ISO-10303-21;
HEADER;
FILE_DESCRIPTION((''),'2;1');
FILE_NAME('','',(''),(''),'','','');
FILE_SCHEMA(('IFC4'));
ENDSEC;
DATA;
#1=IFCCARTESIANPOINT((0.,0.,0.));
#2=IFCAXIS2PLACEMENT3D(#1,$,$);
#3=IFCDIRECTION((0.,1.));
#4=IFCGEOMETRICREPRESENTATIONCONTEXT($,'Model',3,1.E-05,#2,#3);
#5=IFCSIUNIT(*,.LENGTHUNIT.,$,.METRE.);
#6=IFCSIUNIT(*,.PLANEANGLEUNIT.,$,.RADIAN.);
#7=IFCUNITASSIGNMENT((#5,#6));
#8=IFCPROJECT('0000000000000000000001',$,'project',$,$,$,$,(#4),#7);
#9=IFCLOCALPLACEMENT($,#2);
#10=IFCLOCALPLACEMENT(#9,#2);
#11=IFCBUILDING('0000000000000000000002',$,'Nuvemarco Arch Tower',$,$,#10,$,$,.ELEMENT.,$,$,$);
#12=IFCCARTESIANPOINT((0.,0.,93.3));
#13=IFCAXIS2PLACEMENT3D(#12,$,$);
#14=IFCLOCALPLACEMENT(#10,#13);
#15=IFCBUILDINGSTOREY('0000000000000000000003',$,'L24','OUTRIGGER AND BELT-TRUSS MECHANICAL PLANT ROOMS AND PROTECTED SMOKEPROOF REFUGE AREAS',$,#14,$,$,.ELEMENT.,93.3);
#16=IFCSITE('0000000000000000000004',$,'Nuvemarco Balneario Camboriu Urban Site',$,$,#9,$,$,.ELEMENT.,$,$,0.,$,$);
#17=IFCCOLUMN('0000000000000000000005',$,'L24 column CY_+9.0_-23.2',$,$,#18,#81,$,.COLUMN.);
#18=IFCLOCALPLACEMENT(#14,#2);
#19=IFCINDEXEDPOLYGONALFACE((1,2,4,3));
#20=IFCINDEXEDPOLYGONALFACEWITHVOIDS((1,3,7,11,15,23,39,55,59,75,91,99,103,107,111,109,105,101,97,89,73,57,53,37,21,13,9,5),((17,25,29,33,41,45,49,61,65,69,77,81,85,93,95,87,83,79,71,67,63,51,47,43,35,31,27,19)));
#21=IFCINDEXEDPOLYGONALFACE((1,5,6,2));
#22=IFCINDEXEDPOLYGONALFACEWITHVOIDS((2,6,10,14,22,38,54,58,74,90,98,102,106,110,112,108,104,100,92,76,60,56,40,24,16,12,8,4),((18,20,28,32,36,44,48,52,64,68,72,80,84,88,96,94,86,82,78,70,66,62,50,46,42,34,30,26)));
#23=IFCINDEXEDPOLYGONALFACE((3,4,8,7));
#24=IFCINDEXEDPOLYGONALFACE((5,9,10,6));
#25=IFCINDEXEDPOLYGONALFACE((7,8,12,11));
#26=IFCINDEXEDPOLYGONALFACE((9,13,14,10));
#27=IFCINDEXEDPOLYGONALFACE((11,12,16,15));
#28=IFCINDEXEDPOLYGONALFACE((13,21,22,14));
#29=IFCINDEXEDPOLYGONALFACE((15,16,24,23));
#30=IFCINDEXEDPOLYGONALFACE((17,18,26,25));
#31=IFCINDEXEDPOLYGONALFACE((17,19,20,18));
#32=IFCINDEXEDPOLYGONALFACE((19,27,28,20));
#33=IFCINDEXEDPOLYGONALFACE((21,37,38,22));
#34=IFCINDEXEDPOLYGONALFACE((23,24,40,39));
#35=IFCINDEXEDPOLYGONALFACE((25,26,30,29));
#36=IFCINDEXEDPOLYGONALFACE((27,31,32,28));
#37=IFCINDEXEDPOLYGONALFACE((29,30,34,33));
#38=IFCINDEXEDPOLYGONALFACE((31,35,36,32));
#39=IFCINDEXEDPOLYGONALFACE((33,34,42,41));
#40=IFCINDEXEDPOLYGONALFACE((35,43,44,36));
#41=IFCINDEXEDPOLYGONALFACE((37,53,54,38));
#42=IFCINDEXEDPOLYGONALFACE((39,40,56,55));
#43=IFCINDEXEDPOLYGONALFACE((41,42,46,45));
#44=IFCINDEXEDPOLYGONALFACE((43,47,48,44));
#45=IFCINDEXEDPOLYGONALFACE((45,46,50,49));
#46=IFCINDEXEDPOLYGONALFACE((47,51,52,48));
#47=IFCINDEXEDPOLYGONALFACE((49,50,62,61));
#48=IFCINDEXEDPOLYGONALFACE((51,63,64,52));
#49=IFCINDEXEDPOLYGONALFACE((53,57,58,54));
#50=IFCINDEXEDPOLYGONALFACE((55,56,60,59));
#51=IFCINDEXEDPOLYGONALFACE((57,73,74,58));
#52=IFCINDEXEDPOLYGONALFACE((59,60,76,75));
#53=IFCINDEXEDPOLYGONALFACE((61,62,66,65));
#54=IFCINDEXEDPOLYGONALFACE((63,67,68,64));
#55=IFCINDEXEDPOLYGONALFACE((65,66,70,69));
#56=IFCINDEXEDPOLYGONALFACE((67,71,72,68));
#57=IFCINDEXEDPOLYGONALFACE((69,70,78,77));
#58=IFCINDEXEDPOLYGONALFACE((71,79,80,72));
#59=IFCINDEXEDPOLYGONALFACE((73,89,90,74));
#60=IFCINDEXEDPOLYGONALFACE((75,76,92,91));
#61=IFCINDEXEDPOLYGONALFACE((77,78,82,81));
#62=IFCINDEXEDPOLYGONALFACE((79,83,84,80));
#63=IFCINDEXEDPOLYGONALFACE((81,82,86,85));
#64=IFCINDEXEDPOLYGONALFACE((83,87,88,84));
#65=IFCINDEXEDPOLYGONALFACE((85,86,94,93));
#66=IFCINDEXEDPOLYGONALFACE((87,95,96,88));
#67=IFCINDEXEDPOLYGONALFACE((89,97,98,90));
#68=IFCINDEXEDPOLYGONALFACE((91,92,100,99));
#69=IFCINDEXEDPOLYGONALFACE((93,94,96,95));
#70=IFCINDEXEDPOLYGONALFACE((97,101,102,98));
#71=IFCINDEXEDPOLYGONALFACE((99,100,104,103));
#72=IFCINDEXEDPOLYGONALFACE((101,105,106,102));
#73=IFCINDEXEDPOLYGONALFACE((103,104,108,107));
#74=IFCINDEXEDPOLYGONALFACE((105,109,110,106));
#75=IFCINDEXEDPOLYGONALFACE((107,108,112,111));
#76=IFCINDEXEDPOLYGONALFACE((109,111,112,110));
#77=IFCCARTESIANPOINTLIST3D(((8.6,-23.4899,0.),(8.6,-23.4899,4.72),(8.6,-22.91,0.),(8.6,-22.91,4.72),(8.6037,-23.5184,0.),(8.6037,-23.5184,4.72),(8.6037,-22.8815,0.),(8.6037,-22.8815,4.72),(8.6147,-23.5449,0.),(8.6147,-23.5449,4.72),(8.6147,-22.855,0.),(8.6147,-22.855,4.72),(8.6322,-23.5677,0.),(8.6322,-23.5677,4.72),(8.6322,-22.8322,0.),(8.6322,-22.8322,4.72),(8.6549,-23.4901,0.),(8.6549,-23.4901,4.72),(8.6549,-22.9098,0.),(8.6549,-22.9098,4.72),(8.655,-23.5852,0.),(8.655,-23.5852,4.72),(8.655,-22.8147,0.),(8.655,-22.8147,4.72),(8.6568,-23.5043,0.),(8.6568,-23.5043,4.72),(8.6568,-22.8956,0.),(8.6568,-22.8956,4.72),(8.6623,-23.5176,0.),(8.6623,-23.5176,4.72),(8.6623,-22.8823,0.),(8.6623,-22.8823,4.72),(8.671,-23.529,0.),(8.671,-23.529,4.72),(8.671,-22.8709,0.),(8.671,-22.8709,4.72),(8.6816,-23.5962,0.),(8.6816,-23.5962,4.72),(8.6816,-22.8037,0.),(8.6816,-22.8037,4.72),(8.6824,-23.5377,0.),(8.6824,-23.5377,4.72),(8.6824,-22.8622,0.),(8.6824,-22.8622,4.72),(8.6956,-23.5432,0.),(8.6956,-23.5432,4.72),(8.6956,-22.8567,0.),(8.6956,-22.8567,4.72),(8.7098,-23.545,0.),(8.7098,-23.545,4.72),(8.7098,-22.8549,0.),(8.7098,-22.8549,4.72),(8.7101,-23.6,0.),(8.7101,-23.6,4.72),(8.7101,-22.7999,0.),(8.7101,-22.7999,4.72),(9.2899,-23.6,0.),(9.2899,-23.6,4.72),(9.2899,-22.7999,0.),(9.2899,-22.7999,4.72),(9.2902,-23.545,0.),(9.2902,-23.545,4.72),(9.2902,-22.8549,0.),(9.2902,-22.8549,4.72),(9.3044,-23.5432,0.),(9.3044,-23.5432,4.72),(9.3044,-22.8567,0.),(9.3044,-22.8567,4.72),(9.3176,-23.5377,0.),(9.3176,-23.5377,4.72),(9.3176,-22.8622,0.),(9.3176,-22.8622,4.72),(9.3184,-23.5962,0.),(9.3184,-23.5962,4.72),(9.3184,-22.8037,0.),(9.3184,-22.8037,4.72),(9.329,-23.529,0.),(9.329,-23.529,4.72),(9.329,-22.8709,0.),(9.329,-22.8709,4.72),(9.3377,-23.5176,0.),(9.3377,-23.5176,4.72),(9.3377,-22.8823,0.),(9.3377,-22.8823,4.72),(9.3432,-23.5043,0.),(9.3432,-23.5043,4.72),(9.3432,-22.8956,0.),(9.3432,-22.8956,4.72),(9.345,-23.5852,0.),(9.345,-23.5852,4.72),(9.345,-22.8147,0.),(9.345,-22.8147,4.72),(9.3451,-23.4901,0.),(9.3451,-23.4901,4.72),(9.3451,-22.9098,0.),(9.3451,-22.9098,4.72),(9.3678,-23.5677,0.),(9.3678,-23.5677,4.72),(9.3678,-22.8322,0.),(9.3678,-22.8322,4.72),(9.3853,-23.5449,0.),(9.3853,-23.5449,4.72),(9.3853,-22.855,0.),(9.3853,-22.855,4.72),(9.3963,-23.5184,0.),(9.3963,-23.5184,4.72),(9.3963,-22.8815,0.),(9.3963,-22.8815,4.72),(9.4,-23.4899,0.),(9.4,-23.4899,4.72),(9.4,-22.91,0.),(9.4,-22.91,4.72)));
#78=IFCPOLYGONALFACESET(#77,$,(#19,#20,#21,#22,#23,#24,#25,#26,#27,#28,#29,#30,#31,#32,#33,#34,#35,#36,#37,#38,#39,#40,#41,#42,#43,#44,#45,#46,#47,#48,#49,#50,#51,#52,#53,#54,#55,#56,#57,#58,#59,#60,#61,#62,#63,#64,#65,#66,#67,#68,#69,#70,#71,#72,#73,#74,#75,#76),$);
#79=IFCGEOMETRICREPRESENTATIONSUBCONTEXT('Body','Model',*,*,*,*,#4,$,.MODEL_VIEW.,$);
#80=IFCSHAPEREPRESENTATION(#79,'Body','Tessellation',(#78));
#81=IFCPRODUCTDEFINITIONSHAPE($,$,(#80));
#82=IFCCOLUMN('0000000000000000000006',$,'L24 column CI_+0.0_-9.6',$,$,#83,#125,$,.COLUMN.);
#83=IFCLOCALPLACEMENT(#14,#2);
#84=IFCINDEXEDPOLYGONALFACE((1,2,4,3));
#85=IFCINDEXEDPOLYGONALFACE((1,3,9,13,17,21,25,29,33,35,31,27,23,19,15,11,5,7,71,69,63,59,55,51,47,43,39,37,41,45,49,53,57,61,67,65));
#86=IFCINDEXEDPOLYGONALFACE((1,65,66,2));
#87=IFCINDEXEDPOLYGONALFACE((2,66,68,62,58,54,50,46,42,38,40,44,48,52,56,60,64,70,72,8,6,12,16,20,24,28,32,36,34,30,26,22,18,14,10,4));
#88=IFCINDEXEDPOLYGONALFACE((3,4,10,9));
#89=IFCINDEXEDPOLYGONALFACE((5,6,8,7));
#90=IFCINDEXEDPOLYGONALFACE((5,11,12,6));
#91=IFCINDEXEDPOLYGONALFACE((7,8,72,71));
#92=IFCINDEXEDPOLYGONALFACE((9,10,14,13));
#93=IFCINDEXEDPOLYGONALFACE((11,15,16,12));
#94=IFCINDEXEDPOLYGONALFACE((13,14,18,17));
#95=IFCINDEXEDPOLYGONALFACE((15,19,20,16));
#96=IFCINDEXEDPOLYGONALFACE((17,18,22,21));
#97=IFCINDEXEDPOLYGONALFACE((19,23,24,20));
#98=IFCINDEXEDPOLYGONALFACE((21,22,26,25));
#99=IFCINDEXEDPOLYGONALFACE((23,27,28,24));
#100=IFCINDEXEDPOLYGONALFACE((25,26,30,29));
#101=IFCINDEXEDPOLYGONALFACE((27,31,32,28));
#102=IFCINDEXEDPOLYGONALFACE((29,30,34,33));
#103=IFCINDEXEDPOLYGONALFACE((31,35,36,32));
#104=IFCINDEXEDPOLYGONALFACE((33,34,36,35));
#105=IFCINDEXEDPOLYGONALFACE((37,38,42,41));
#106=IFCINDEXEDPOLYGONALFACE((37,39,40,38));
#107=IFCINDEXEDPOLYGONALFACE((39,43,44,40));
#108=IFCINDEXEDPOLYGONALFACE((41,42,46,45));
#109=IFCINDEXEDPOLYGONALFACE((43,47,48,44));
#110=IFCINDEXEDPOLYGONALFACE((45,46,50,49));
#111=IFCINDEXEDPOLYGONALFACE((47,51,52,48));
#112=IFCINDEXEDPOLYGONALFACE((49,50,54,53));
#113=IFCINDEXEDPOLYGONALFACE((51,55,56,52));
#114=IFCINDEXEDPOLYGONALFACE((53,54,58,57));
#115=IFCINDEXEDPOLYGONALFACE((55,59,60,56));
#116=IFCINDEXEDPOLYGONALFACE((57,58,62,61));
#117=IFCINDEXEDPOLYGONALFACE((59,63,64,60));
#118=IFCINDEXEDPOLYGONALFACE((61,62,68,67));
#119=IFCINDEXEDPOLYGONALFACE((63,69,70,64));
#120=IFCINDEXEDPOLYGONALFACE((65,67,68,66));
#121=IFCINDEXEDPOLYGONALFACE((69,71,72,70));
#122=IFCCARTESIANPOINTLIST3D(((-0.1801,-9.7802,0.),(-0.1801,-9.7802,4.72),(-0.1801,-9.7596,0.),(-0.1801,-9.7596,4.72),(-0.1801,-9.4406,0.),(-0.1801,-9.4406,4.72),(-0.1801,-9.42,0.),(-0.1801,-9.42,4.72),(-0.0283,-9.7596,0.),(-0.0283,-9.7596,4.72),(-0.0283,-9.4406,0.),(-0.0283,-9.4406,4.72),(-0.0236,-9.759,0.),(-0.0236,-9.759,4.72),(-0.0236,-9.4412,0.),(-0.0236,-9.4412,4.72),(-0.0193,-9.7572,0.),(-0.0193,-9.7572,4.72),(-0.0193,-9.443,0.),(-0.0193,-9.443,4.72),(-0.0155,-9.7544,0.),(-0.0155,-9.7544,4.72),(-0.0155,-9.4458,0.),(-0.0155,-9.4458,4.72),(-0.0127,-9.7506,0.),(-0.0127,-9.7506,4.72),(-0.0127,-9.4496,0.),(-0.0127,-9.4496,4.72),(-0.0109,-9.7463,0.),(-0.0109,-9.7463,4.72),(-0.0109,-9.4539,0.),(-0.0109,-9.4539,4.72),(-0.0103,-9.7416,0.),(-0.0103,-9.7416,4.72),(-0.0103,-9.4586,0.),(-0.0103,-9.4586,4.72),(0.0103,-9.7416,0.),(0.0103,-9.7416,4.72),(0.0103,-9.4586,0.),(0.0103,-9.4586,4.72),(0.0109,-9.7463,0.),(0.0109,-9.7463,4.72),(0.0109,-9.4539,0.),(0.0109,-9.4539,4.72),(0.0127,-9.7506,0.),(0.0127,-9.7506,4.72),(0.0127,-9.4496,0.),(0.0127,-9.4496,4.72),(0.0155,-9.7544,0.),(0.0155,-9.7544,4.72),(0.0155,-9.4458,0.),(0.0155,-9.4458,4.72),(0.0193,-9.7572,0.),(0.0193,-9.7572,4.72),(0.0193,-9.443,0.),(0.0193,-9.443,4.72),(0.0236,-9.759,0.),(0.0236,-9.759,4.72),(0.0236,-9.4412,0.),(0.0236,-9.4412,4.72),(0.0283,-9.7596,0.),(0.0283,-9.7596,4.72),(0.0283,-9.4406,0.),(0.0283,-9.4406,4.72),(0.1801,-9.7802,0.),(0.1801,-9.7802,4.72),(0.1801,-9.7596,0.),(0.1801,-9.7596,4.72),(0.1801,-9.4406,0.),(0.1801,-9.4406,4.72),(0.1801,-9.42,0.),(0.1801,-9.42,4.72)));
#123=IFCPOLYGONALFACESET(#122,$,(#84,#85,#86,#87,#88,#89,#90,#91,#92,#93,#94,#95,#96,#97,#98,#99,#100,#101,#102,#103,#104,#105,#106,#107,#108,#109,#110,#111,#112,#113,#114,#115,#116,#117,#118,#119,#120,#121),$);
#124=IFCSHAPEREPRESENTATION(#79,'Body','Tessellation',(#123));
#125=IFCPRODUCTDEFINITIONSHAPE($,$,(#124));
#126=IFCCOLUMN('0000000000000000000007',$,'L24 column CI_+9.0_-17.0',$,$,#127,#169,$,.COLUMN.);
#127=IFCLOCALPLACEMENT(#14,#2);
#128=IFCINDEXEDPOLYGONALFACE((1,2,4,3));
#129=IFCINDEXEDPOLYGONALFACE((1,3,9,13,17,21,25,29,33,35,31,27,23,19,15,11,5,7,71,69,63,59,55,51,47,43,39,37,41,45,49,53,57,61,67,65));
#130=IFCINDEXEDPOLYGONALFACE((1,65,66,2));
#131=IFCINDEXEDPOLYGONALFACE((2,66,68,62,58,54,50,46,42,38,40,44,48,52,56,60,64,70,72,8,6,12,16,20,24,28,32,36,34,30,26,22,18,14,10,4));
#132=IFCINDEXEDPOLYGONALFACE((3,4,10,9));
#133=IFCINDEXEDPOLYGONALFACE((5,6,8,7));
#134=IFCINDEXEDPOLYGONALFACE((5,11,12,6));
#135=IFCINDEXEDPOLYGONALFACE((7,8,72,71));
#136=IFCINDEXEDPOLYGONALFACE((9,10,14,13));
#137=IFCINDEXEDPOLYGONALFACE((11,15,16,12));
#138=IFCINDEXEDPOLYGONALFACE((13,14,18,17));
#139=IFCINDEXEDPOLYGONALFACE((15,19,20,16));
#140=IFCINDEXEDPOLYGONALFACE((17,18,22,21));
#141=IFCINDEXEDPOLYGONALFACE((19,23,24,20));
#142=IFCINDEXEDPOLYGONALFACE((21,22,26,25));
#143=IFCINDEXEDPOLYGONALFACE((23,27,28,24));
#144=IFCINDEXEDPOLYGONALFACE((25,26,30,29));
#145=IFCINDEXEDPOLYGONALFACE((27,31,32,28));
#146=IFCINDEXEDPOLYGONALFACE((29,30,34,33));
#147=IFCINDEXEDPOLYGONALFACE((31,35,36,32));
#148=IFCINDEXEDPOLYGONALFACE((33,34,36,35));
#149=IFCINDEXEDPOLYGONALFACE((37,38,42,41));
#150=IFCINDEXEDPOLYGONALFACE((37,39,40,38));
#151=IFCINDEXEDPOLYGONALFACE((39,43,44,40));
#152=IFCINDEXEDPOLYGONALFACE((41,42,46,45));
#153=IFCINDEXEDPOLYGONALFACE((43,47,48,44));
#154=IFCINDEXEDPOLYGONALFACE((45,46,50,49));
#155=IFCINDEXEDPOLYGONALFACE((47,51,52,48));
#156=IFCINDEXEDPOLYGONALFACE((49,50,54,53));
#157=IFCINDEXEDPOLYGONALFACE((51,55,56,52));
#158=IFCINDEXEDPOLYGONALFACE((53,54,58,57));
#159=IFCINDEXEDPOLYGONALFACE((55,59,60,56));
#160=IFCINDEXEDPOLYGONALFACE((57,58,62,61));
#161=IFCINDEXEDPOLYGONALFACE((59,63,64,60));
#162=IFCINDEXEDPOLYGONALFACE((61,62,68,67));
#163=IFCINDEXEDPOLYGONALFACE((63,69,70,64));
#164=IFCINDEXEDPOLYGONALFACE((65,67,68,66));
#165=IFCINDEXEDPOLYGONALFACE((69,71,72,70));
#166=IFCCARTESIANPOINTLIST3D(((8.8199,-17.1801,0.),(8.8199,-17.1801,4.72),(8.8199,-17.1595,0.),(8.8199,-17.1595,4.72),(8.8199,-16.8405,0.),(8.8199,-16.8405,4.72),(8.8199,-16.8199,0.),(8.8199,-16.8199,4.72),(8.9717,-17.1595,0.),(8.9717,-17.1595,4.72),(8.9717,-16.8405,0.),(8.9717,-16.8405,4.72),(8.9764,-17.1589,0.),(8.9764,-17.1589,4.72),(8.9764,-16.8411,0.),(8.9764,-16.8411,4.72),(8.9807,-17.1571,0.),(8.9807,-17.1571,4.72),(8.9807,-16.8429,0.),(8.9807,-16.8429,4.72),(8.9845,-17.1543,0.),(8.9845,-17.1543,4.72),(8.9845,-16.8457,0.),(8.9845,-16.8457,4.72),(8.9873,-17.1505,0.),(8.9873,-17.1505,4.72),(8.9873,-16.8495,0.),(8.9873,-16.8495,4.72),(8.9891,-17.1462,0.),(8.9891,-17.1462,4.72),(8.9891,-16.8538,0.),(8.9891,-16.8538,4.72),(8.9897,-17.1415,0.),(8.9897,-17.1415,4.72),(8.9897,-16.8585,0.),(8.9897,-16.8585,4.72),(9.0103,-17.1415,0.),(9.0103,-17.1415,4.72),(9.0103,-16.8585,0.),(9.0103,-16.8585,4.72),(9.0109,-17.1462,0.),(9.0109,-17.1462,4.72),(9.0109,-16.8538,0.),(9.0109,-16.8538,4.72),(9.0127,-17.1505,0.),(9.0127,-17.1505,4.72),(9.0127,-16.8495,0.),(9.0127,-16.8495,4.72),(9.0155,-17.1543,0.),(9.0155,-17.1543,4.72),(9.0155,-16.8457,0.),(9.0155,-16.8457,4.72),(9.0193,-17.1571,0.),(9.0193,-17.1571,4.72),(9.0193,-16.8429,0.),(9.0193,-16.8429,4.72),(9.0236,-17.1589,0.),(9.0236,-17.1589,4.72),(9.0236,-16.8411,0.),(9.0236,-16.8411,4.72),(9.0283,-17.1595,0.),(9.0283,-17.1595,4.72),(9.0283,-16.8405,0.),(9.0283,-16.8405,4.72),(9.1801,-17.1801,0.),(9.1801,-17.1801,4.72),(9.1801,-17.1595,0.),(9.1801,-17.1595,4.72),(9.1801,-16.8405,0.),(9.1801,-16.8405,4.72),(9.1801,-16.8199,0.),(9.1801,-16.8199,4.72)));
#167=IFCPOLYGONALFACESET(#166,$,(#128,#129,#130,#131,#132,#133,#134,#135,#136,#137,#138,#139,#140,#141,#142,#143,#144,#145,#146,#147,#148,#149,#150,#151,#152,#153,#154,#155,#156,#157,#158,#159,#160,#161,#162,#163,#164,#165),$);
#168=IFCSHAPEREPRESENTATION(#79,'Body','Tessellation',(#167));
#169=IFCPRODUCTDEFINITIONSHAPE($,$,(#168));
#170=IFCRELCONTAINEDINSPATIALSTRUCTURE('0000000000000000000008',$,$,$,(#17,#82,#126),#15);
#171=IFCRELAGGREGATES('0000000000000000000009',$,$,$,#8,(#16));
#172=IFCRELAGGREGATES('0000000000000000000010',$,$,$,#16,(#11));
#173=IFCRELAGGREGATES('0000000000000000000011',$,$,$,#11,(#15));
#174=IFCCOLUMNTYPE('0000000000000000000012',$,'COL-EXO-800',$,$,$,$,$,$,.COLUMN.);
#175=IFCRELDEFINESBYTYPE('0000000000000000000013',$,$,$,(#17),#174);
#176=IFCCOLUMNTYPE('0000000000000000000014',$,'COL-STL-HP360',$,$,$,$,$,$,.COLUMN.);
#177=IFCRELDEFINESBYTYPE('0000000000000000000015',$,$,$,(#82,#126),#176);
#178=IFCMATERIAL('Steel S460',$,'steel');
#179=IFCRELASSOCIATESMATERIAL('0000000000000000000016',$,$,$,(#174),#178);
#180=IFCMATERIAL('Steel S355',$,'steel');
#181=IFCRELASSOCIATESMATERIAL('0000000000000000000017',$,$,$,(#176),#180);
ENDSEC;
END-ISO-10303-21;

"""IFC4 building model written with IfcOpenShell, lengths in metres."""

from ifc_helpers import new_model, si_unit, direction, frame, origin, origin_2d, place, context, subcontext, project, spatial, hollow_rectangle, i_section, extrude, material, material_profile, profile_set, type_object, element, save


model = new_model("IFC4")

# Units and contexts
model_context = context("Model", 3, precision=1e-05, world=origin(), true_north=direction((0.0, 1.0)))
body_context = subcontext(model_context, "Body", "Model", "MODEL_VIEW")
ifc_project = project(units=[si_unit("LENGTHUNIT", "METRE"), si_unit("PLANEANGLEUNIT", "RADIAN")], contexts=[model_context])

# Site, building, storey
site_placement = place(None, origin())
site = spatial("IfcSite", under=ifc_project, at=site_placement, Name="Nuvemarco Balneario Camboriu Urban Site", CompositionType="ELEMENT", RefElevation=0.0)
building_placement = place(site_placement, origin())
building = spatial("IfcBuilding", under=site, at=building_placement, Name="Nuvemarco Arch Tower", CompositionType="ELEMENT")
storey_placement = place(building_placement, frame((0.0, 0.0, 93.3)))
storey = spatial("IfcBuildingStorey", under=building, at=storey_placement, Name="L24", Description="OUTRIGGER AND BELT-TRUSS MECHANICAL PLANT ROOMS AND PROTECTED SMOKEPROOF REFUGE AREAS", CompositionType="ELEMENT", Elevation=93.3)

# Columns
ifc_material_1 = material(Name="Steel S460", Category="steel")
ifc_material_profile_1 = material_profile(ifc_material_1, hollow_rectangle(XDim=0.8, YDim=0.8, WallThickness=0.0549, InnerFilletRadius=0.0549, OuterFilletRadius=0.1101, at=origin_2d()), Name="SHS800x800x55")
ifc_profile_set_1 = profile_set([ifc_material_profile_1], Name="Steel S460")
column_type_1 = type_object("IfcColumnType", Name="COL-EXO-800", PredefinedType="COLUMN", material=ifc_profile_set_1)
column_placement = place(storey_placement, frame((9.0, -23.2, 0.0), z_axis=(0.0, 0.0, 1.0), x_axis=(1.0, 0.0, 0.0)))
element("IfcColumn", 1, at=column_placement, inside=storey, type_object=column_type_1, Name="L24 column CY_+9.0_-23.2", PredefinedType="COLUMN", context=body_context, shape_type="SweptSolid", body=[
    extrude(hollow_rectangle(XDim=0.8, YDim=0.8, WallThickness=0.0549, InnerFilletRadius=0.0549, OuterFilletRadius=0.1101, at=origin_2d()), origin(), (0.0, 0.0, 1.0), 4.72),
])
ifc_material_2 = material(Name="Steel S355", Category="steel")
ifc_material_profile_2 = material_profile(ifc_material_2, i_section(OverallWidth=0.3601, OverallDepth=0.3601, WebThickness=0.0205, FlangeThickness=0.0205, FilletRadius=0.0181, at=origin_2d()), Name="HP360x174")
ifc_profile_set_2 = profile_set([ifc_material_profile_2], Name="Steel S355")
column_type_2 = type_object("IfcColumnType", Name="COL-STL-HP360", PredefinedType="COLUMN", material=ifc_profile_set_2)
for number, where, z_axis, x_axis, name in (
    (2, (0.0, -9.6001, 0.0), (0.0, 0.0, 1.0), (1.0, 0.0, 0.0), "L24 column CI_+0.0_-9.6"),
    (3, (9.0, -17.0, 0.0), (0.0, 0.0, 1.0), (1.0, 0.0, 0.0), "L24 column CI_+9.0_-17.0"),
):
    element("IfcColumn", number, at=place(storey_placement, frame(where, z_axis=z_axis, x_axis=x_axis)), inside=storey, type_object=column_type_2, Name=name, PredefinedType="COLUMN", context=body_context, shape_type="SweptSolid", body=[
        extrude(i_section(OverallWidth=0.3601, OverallDepth=0.3601, WebThickness=0.0205, FlangeThickness=0.0205, FilletRadius=0.0181, at=origin_2d()), origin(), (0.0, 0.0, 1.0), 4.72),
    ])

save(model, "model.ifc")
